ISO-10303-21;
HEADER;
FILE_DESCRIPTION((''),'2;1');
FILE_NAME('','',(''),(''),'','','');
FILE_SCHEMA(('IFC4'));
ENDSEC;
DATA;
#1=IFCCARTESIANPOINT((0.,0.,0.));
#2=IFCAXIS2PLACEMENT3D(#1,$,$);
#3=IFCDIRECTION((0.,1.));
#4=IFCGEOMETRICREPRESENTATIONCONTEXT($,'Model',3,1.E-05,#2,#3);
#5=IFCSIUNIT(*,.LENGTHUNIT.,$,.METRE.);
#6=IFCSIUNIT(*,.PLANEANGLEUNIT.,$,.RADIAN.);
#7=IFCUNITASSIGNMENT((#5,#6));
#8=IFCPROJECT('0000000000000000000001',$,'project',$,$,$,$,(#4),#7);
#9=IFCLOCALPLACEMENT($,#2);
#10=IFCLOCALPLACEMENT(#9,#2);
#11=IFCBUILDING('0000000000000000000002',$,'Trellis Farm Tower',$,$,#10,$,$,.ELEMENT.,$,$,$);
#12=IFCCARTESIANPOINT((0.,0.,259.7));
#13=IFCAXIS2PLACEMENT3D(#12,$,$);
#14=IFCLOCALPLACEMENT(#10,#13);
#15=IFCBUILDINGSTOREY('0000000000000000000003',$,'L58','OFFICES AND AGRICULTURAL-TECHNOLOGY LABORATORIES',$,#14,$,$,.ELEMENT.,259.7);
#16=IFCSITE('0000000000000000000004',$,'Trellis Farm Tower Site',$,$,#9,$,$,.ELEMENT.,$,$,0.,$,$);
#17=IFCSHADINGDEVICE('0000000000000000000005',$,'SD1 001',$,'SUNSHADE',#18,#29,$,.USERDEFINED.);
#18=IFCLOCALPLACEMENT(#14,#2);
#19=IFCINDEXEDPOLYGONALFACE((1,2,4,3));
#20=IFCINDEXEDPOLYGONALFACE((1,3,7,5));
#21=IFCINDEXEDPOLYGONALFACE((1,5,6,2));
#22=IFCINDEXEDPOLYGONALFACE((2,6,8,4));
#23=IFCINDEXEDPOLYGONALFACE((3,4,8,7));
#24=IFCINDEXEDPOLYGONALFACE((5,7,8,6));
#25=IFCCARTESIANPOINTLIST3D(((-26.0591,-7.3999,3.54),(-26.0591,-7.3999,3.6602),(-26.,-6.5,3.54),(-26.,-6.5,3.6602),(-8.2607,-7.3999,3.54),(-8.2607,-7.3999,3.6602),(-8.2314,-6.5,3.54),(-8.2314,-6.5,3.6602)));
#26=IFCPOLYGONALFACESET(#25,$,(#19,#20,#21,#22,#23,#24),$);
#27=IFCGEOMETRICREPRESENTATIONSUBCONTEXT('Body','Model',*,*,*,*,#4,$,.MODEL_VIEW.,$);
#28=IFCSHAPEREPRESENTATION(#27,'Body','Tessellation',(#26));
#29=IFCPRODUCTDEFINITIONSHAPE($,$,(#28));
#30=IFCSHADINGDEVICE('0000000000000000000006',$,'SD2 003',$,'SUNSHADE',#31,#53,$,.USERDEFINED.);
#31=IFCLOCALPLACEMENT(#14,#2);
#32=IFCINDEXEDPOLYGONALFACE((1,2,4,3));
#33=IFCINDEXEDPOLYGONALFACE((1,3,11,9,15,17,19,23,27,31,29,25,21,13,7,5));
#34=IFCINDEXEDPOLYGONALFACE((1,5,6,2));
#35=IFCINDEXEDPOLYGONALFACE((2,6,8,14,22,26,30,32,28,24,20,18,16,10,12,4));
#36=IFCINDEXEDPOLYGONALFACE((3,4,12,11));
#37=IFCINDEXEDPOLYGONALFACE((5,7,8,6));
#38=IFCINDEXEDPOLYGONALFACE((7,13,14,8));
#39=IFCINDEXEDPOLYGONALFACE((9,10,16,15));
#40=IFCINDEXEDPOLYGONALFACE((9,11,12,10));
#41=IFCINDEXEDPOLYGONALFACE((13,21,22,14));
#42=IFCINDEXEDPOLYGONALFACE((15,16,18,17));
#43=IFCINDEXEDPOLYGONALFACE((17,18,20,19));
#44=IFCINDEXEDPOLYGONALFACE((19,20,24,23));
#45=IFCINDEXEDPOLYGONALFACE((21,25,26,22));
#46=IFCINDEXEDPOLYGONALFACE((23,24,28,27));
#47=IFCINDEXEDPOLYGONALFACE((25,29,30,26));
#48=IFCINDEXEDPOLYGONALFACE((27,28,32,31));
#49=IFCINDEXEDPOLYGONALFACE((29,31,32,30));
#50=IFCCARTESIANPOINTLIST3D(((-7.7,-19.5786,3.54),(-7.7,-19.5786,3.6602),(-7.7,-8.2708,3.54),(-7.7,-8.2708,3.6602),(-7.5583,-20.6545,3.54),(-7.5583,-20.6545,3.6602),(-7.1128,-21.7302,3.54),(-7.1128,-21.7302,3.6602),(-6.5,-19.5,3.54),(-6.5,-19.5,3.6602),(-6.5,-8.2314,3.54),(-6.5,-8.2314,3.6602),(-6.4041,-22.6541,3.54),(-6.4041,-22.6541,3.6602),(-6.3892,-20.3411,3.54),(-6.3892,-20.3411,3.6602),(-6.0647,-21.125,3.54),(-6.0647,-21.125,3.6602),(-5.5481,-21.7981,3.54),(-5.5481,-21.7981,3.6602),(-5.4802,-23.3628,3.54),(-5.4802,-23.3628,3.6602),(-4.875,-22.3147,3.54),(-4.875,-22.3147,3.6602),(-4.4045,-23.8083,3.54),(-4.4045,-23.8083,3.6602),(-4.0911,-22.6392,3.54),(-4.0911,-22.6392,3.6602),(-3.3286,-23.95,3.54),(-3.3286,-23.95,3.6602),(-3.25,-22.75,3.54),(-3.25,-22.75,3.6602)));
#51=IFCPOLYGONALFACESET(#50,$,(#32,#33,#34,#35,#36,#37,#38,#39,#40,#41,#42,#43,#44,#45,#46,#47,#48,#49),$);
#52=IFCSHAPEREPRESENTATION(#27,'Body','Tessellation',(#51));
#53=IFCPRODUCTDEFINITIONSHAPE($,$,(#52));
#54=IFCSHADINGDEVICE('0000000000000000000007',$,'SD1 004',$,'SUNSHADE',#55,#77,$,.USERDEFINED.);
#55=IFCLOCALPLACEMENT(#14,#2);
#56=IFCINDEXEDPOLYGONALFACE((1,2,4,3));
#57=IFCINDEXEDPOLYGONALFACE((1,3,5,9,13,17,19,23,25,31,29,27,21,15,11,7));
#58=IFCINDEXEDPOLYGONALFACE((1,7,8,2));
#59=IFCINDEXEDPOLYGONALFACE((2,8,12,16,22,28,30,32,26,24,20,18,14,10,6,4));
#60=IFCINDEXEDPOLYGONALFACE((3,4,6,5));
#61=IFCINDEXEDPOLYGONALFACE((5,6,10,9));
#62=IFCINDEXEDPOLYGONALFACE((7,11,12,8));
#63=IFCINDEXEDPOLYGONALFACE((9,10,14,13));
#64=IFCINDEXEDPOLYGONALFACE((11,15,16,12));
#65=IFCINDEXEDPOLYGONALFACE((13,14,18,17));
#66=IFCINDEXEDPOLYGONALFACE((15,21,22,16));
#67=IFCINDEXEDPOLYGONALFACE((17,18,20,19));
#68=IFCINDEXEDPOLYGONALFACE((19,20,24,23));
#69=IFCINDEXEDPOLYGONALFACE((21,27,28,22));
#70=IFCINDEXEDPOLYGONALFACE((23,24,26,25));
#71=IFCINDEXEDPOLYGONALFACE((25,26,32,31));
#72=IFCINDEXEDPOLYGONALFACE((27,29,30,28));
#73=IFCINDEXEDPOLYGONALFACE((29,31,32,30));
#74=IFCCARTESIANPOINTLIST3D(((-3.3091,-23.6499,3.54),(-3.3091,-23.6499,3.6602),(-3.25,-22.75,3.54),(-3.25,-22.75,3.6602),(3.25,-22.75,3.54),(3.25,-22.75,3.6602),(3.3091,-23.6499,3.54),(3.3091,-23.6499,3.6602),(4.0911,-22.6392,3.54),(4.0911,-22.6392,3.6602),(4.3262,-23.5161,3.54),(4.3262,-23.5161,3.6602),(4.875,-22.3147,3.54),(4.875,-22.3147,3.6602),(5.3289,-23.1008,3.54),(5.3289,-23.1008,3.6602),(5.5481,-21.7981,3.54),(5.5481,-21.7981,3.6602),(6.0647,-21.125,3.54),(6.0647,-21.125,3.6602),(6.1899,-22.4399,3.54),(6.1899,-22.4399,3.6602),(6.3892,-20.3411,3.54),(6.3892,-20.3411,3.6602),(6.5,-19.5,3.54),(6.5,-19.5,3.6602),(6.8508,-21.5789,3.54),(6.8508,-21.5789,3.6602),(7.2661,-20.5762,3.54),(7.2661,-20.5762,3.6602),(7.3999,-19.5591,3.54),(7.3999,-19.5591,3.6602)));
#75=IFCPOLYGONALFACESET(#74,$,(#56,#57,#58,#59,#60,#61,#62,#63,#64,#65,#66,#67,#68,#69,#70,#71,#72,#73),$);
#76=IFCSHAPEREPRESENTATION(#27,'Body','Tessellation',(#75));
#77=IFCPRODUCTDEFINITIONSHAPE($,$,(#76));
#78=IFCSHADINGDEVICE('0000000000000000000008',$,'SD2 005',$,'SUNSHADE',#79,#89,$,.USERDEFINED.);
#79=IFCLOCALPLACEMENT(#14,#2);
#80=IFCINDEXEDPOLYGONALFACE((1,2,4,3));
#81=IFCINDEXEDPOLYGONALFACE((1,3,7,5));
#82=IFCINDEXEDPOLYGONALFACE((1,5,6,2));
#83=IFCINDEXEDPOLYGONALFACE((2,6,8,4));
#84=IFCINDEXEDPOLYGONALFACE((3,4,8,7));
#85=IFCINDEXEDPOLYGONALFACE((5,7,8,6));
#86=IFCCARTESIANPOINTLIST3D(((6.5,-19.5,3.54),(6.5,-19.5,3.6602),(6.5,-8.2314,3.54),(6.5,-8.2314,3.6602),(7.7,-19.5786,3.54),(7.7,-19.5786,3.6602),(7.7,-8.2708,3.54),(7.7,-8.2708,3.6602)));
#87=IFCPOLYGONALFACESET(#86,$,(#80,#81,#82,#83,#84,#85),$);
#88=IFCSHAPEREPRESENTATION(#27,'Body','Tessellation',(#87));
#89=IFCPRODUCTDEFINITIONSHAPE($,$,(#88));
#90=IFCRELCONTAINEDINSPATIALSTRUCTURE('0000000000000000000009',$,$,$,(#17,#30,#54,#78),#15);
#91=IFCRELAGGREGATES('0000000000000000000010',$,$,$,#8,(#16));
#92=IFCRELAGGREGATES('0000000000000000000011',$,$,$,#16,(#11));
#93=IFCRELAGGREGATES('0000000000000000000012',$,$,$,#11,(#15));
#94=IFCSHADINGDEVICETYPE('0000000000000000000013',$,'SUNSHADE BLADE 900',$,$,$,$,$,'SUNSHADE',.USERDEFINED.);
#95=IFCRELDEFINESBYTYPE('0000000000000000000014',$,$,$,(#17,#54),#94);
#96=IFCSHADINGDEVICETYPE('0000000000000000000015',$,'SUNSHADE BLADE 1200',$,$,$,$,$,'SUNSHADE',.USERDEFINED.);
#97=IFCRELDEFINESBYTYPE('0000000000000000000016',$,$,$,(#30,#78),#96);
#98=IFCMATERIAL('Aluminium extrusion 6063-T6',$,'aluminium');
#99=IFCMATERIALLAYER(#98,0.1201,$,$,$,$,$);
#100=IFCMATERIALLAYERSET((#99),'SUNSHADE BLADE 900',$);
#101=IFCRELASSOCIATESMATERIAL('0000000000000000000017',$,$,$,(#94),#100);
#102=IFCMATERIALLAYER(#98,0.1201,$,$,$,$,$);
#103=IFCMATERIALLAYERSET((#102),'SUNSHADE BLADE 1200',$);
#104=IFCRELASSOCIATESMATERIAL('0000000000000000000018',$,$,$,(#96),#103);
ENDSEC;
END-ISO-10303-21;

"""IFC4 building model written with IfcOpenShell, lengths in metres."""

from ifc_helpers import new_model, si_unit, direction, frame, origin, place, context, subcontext, project, spatial, polyline, outline, extrude, source, transform, mapped, material, layer, layer_set, type_object, element, save


model = new_model("IFC4")

# Units and contexts
model_context = context("Model", 3, precision=1e-05, world=origin(), true_north=direction((0.0, 1.0)))
body_context = subcontext(model_context, "Body", "Model", "MODEL_VIEW")
ifc_project = project(units=[si_unit("LENGTHUNIT", "METRE"), si_unit("PLANEANGLEUNIT", "RADIAN")], contexts=[model_context])

# Site, building, storey
site_placement = place(None, origin())
site = spatial("IfcSite", under=ifc_project, at=site_placement, Name="Trellis Farm Tower Site", CompositionType="ELEMENT", RefElevation=0.0)
building_placement = place(site_placement, origin())
building = spatial("IfcBuilding", under=site, at=building_placement, Name="Trellis Farm Tower", CompositionType="ELEMENT")
storey_placement = place(building_placement, frame((0.0, 0.0, 259.7)))
storey = spatial("IfcBuildingStorey", under=building, at=storey_placement, Name="L58", Description="OFFICES AND AGRICULTURAL-TECHNOLOGY LABORATORIES", CompositionType="ELEMENT", Elevation=259.7)

# Shared definitions
ifc_material_1 = material(Name="Aluminium extrusion 6063-T6", Category="aluminium")

# Shading devices
ifc_layer_1 = layer(ifc_material_1, 0.1201)
ifc_layer_set_1 = layer_set([ifc_layer_1], Name="SUNSHADE BLADE 900")
shading_device_type_1 = type_object("IfcShadingDeviceType", Name="SUNSHADE BLADE 900", ElementType="SUNSHADE", PredefinedType="USERDEFINED", material=ifc_layer_set_1)
placement_1 = place(storey_placement, frame((0.0, 0.0, 3.54)))
ifc_layer_2 = layer(ifc_material_1, 0.1201)
ifc_layer_set_2 = layer_set([ifc_layer_2], Name="SUNSHADE BLADE 1200")
shading_device_type_2 = type_object("IfcShadingDeviceType", Name="SUNSHADE BLADE 1200", ElementType="SUNSHADE", PredefinedType="USERDEFINED", material=ifc_layer_set_2)
shared_shape_1 = source(origin(), body_context, "Body", "SweptSolid", [
    extrude(outline(polyline([(-26.0591, -7.3999), (-8.2607, -7.3999), (-8.2314, -6.5), (-26.0, -6.5), (-26.0591, -7.3999)])), origin(), (0.0, 0.0, 1.0), 0.1201),
])
element("IfcShadingDevice", 1, at=placement_1, inside=storey, type_object=shading_device_type_1, Name="SD1 001", ObjectType="SUNSHADE", PredefinedType="USERDEFINED", context=body_context, shape_type="MappedRepresentation", body=[
    mapped(shared_shape_1, transform((0.0, 0.0, 0.0))),
])
shared_shape_2 = source(origin(), body_context, "Body", "SweptSolid", [
    extrude(outline(polyline([(-7.7, -8.2708), (-7.7, -19.5786), (-7.5583, -20.6545), (-7.1128, -21.7302), (-6.4041, -22.6541), (-5.4802, -23.3628), (-4.4045, -23.8083), (-3.3286, -23.95), (-3.25, -22.75), (-4.0911, -22.6392), (-4.875, -22.3147), (-5.5481, -21.7981), (-6.0647, -21.125), (-6.3892, -20.3411), (-6.5, -19.5), (-6.5, -8.2314), (-7.7, -8.2708)])), origin(), (0.0, 0.0, 1.0), 0.1201),
])
element("IfcShadingDevice", 2, at=placement_1, inside=storey, type_object=shading_device_type_2, Name="SD2 003", ObjectType="SUNSHADE", PredefinedType="USERDEFINED", context=body_context, shape_type="MappedRepresentation", body=[
    mapped(shared_shape_2, transform((0.0, 0.0, 0.0))),
])
shared_shape_3 = source(origin(), body_context, "Body", "SweptSolid", [
    extrude(outline(polyline([(-3.3091, -23.6499), (3.3091, -23.6499), (4.3262, -23.5161), (5.3289, -23.1008), (6.1899, -22.4399), (6.8508, -21.5789), (7.2661, -20.5762), (7.3999, -19.5591), (6.5, -19.5), (6.3892, -20.3411), (6.0647, -21.125), (5.5481, -21.7981), (4.875, -22.3147), (4.0911, -22.6392), (3.25, -22.75), (-3.25, -22.75), (-3.3091, -23.6499)])), origin(), (0.0, 0.0, 1.0), 0.1201),
])
element("IfcShadingDevice", 3, at=placement_1, inside=storey, type_object=shading_device_type_1, Name="SD1 004", ObjectType="SUNSHADE", PredefinedType="USERDEFINED", context=body_context, shape_type="MappedRepresentation", body=[
    mapped(shared_shape_3, transform((0.0, 0.0, 0.0))),
])
shared_shape_4 = source(origin(), body_context, "Body", "SweptSolid", [
    extrude(outline(polyline([(7.7, -19.5786), (7.7, -8.2708), (6.5, -8.2314), (6.5, -19.5), (7.7, -19.5786)])), origin(), (0.0, 0.0, 1.0), 0.1201),
])
element("IfcShadingDevice", 4, at=placement_1, inside=storey, type_object=shading_device_type_2, Name="SD2 005", ObjectType="SUNSHADE", PredefinedType="USERDEFINED", context=body_context, shape_type="MappedRepresentation", body=[
    mapped(shared_shape_4, transform((0.0, 0.0, 0.0))),
])

save(model, "model.ifc")
